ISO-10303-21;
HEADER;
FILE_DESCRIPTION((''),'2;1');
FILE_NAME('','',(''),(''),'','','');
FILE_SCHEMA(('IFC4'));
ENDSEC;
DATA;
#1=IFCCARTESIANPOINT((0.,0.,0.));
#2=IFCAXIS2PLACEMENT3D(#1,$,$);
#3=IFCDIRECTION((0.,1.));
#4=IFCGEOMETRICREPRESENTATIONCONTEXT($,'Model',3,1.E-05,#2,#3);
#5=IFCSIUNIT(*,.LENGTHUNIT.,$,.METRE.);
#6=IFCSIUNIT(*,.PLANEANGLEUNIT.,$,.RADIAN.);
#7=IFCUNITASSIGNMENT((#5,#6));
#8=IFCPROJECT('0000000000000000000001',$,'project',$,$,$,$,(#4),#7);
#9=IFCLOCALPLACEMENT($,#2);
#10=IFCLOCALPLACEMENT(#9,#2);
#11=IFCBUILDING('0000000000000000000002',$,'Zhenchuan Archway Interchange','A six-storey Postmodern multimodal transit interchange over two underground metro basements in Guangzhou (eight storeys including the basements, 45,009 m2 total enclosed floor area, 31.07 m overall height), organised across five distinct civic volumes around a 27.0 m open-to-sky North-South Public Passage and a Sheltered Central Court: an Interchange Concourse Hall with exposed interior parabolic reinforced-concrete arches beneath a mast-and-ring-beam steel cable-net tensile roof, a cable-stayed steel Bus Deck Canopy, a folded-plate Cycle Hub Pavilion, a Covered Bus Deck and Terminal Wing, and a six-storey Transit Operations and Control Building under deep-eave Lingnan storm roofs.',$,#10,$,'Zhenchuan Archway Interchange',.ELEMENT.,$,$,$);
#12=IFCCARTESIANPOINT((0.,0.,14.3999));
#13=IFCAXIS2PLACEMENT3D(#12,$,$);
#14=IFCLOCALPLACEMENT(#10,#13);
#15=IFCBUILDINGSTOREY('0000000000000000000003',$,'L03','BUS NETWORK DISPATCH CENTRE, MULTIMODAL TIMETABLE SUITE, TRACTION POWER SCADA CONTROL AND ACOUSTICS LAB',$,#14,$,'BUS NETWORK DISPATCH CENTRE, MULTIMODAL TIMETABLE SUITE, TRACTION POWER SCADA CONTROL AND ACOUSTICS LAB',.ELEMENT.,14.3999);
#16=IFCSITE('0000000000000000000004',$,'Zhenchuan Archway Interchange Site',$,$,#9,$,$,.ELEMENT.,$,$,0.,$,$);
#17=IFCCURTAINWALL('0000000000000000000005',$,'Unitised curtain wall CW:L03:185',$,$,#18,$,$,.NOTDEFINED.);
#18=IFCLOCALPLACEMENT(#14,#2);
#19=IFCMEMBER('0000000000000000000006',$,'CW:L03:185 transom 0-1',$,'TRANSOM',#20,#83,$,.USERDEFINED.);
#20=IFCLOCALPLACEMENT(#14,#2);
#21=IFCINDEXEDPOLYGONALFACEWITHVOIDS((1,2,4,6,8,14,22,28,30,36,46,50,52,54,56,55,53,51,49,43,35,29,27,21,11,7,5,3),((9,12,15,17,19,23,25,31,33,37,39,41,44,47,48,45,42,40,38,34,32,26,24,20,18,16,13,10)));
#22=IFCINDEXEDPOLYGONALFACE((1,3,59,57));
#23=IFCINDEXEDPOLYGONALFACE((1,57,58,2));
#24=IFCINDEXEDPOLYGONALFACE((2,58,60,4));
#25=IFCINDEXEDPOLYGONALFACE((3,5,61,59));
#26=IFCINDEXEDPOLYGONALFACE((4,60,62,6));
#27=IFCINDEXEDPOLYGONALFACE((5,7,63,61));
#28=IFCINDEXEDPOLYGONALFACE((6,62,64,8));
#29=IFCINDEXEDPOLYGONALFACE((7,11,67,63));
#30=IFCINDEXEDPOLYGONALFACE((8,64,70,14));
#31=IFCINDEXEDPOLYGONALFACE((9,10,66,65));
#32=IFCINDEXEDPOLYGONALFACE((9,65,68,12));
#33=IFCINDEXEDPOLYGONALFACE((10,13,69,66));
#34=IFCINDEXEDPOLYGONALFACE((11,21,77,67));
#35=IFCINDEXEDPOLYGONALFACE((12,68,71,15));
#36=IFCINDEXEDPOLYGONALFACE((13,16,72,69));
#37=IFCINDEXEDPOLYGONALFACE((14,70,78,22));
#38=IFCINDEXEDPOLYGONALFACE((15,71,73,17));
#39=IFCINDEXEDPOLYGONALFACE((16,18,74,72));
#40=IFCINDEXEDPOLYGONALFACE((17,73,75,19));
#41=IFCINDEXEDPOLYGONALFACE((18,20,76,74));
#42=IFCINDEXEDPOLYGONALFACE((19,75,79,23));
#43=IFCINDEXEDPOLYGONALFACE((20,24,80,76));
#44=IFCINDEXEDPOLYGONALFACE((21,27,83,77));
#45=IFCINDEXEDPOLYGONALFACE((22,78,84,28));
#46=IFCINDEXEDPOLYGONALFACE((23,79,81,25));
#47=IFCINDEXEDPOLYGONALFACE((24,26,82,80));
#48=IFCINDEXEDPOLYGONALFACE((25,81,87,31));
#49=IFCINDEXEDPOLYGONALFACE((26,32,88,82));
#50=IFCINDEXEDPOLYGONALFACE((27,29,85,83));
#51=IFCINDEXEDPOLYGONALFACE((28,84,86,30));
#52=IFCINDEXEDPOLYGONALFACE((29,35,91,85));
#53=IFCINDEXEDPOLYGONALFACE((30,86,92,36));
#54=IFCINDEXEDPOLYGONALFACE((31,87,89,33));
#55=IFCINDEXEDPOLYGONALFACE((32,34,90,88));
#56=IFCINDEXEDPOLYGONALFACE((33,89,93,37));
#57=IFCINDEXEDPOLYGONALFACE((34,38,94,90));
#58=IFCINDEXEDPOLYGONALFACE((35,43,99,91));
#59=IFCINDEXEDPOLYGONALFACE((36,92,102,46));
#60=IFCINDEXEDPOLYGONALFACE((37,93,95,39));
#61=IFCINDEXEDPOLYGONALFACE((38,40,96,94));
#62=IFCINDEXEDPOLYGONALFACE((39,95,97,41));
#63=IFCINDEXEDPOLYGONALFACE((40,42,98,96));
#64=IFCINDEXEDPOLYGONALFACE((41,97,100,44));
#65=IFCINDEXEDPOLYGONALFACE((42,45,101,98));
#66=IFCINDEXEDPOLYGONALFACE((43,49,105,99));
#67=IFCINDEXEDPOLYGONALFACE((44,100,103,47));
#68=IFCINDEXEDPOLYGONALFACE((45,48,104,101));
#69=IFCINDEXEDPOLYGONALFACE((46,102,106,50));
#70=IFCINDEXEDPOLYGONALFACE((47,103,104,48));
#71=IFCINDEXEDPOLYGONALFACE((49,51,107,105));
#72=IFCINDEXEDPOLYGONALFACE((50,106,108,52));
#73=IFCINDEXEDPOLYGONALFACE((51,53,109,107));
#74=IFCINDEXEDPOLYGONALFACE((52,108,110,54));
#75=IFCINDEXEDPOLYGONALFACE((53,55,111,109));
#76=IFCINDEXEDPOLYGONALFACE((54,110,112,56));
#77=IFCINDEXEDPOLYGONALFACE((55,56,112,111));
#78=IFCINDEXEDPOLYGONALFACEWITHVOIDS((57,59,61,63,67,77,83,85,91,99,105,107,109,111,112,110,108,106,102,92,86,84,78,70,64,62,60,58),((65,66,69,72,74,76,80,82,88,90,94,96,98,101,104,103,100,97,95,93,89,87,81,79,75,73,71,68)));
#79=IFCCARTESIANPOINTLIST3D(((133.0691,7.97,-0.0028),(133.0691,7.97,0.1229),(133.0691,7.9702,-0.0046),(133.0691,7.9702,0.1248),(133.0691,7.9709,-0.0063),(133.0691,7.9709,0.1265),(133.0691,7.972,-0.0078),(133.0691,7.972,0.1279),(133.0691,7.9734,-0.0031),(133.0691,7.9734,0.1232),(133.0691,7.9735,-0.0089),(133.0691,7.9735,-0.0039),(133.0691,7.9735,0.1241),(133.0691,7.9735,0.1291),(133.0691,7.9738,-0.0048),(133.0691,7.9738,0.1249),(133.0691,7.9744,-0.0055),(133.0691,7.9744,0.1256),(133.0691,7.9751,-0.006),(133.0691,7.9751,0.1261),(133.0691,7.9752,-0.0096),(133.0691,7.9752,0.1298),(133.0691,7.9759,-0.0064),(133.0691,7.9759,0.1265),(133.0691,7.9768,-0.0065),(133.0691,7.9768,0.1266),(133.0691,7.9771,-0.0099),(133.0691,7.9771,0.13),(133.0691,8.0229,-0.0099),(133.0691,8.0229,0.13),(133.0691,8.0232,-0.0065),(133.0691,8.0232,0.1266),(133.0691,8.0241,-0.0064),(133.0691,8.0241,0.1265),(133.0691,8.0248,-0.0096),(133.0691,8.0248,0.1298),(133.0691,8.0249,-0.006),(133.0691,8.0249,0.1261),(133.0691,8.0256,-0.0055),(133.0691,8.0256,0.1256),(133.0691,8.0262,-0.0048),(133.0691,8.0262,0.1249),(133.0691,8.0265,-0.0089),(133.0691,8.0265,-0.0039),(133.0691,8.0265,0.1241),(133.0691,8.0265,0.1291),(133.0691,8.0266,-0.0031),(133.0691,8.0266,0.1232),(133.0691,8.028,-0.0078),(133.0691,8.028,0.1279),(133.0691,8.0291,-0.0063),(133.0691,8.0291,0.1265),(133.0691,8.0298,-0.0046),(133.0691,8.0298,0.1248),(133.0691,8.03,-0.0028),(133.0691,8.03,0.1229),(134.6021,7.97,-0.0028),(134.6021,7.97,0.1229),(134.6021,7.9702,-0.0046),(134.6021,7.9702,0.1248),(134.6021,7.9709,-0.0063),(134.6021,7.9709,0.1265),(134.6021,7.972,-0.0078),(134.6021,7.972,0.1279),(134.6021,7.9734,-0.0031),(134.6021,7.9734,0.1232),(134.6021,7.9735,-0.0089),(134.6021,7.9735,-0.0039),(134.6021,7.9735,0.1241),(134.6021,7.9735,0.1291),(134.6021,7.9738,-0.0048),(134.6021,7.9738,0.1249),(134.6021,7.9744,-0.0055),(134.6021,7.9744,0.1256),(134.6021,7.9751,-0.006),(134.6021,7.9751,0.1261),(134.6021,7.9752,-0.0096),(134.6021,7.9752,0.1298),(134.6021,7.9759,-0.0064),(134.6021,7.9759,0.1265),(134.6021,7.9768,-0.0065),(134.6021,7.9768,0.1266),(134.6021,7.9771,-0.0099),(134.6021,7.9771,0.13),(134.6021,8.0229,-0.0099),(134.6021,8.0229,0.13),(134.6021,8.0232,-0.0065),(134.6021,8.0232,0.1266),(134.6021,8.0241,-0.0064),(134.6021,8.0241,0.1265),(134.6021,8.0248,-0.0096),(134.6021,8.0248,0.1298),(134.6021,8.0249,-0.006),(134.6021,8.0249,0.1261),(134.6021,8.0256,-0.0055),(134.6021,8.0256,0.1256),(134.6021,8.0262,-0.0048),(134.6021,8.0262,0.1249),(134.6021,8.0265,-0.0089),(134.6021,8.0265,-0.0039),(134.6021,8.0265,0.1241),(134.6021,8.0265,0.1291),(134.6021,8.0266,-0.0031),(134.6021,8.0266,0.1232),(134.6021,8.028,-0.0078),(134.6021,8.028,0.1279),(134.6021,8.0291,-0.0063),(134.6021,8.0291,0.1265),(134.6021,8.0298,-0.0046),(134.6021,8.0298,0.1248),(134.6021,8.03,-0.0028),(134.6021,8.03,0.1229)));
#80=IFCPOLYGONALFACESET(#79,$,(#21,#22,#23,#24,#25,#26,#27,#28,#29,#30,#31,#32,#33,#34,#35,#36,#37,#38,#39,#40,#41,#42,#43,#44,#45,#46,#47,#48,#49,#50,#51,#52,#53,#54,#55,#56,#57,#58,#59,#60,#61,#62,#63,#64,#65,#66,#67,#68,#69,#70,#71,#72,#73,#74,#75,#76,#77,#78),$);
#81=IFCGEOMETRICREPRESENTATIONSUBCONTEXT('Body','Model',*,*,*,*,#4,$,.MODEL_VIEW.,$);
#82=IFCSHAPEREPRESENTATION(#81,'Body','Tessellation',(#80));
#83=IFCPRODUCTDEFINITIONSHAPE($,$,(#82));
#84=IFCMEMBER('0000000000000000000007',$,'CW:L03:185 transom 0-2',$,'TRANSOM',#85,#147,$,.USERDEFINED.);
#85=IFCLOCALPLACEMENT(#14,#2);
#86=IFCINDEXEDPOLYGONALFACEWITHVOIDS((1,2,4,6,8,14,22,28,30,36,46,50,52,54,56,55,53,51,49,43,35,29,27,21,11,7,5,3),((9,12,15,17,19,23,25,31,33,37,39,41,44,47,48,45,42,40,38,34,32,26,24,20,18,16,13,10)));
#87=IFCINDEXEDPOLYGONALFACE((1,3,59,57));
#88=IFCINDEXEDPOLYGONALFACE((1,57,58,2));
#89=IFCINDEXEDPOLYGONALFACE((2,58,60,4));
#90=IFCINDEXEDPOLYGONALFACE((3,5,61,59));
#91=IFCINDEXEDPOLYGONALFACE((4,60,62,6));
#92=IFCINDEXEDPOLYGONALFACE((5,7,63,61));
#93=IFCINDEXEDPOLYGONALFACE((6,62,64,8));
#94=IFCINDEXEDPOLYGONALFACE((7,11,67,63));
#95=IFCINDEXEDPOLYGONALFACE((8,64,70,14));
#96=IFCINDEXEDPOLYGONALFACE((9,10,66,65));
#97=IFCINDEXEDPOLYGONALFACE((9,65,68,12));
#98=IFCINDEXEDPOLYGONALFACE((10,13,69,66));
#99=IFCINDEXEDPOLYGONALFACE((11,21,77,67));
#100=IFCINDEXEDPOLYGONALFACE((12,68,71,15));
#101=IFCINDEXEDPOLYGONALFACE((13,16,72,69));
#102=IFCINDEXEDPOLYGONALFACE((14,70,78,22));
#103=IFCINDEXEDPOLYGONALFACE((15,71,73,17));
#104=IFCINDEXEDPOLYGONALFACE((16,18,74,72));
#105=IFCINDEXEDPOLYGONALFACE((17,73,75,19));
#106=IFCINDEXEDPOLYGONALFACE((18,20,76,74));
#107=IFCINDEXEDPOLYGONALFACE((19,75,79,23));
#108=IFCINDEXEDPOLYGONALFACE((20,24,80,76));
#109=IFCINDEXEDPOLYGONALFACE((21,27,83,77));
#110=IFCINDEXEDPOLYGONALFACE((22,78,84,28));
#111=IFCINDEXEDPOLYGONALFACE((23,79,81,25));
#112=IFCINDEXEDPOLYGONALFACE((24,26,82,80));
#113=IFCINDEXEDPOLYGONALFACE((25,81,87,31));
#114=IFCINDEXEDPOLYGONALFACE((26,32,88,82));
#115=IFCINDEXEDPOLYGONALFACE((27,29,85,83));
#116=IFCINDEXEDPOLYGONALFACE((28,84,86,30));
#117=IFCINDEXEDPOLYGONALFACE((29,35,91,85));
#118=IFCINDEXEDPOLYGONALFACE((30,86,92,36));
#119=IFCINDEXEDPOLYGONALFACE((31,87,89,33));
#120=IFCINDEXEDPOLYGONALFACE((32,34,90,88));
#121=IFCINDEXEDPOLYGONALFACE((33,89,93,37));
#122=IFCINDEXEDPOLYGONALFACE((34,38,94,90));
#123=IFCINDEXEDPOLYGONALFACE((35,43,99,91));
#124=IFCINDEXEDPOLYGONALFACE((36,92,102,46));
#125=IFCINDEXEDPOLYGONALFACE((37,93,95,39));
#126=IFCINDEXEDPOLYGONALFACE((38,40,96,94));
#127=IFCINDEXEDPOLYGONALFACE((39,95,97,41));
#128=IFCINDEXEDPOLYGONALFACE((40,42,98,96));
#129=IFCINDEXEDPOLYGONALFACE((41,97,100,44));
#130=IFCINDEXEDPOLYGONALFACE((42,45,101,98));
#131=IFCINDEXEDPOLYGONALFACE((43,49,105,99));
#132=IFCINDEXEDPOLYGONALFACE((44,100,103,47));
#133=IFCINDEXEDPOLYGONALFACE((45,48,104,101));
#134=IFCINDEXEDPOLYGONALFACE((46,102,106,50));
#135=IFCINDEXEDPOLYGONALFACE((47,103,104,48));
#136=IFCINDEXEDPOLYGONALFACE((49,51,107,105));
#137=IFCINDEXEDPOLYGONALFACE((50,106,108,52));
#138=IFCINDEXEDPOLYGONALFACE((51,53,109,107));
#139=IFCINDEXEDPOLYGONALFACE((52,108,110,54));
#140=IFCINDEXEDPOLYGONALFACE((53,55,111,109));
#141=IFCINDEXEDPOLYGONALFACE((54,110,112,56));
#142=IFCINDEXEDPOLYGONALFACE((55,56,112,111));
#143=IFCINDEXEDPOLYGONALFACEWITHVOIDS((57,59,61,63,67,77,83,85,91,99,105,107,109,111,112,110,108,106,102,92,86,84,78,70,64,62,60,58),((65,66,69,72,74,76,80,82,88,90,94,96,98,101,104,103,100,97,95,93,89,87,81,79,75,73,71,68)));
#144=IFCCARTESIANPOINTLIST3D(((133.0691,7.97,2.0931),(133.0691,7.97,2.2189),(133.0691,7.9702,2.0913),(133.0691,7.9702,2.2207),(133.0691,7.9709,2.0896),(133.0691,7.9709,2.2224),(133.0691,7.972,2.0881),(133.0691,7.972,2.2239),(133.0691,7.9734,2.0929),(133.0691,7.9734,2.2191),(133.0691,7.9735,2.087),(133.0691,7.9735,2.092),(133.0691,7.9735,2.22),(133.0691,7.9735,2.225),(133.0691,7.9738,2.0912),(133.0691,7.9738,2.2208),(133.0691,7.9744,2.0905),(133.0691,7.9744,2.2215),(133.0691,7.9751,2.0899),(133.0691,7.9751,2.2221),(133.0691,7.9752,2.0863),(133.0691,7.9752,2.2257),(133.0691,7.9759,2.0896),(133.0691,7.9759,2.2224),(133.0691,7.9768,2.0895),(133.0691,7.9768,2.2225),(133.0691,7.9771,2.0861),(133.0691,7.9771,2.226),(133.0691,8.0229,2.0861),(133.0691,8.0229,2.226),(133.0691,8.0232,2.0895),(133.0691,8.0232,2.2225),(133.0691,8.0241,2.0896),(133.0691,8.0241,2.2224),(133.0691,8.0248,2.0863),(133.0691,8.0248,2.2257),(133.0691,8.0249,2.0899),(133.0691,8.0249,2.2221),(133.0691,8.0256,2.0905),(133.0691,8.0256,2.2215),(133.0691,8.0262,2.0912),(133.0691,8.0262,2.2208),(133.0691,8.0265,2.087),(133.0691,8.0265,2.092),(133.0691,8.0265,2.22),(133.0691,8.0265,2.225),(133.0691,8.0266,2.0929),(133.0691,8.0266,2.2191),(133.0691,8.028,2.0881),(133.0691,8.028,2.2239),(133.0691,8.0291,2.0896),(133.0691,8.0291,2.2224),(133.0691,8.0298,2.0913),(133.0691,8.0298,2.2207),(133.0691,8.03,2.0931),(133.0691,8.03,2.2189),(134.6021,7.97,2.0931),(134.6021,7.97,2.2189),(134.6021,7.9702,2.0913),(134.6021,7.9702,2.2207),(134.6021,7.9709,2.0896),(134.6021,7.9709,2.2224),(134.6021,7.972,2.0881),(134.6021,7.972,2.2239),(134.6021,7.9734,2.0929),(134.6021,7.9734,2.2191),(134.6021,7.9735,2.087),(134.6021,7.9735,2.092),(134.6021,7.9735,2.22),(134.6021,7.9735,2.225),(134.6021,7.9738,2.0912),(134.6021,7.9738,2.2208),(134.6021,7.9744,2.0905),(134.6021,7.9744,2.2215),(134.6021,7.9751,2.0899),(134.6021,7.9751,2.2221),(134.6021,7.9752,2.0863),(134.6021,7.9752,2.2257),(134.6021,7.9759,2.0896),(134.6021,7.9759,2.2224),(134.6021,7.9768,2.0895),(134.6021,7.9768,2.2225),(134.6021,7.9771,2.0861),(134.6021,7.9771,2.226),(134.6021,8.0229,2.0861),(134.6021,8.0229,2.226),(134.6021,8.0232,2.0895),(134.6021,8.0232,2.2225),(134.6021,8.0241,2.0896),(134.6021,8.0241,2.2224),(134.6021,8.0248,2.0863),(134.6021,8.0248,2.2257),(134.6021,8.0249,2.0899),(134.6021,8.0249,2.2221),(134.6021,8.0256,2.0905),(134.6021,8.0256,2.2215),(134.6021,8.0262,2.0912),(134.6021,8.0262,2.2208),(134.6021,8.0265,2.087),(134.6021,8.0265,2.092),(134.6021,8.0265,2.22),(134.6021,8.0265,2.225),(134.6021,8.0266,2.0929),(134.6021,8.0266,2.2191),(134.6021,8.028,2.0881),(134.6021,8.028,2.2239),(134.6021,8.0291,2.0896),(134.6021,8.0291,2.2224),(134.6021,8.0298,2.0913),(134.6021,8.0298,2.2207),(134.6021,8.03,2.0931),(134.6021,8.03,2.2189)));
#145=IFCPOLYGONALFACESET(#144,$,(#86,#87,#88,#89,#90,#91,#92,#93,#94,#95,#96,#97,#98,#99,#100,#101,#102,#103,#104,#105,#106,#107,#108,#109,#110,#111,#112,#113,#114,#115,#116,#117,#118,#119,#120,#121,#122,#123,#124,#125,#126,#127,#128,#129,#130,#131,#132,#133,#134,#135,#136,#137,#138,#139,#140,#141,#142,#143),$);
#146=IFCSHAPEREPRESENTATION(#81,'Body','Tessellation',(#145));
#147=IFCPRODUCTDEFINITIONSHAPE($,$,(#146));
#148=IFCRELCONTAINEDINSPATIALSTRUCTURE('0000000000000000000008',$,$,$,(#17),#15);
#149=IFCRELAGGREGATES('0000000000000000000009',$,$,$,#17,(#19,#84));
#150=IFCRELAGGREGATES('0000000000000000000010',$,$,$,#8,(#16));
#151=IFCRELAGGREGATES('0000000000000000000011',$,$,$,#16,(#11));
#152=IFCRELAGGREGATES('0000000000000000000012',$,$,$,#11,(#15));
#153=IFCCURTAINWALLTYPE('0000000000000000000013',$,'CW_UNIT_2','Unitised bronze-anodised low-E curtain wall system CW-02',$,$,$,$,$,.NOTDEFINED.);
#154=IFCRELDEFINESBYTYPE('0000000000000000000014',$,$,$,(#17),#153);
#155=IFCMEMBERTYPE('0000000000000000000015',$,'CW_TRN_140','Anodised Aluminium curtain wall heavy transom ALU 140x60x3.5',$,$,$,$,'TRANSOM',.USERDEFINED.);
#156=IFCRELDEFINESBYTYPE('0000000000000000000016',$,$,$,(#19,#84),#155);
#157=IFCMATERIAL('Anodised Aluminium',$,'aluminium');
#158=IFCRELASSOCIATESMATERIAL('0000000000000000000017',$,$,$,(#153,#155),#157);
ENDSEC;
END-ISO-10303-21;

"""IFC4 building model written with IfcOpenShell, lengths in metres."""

from ifc_helpers import new_model, si_unit, direction, frame, origin, origin_2d, place, context, subcontext, project, spatial, hollow_rectangle, extrude, material, material_profile, profile_set, type_object, element, aggregate, save


model = new_model("IFC4")

# Units and contexts
model_context = context("Model", 3, precision=1e-05, world=origin(), true_north=direction((0.0, 1.0)))
body_context = subcontext(model_context, "Body", "Model", "MODEL_VIEW")
ifc_project = project(units=[si_unit("LENGTHUNIT", "METRE"), si_unit("PLANEANGLEUNIT", "RADIAN")], contexts=[model_context])

# Site, building, storey
site_placement = place(None, origin())
site = spatial("IfcSite", under=ifc_project, at=site_placement, Name="Zhenchuan Archway Interchange Site", CompositionType="ELEMENT", RefElevation=0.0)
building_placement = place(site_placement, origin())
building = spatial("IfcBuilding", under=site, at=building_placement, Name="Zhenchuan Archway Interchange", Description="A six-storey Postmodern multimodal transit interchange over two underground metro basements in Guangzhou (eight storeys including the basements, 45,009 m2 total enclosed floor area, 31.07 m overall height), organised across five distinct civic volumes around a 27.0 m open-to-sky North-South Public Passage and a Sheltered Central Court: an Interchange Concourse Hall with exposed interior parabolic reinforced-concrete arches beneath a mast-and-ring-beam steel cable-net tensile roof, a cable-stayed steel Bus Deck Canopy, a folded-plate Cycle Hub Pavilion, a Covered Bus Deck and Terminal Wing, and a six-storey Transit Operations and Control Building under deep-eave Lingnan storm roofs.", LongName="Zhenchuan Archway Interchange", CompositionType="ELEMENT")
storey_placement = place(building_placement, frame((0.0, 0.0, 14.3999)))
storey = spatial("IfcBuildingStorey", under=building, at=storey_placement, Name="L03", Description="BUS NETWORK DISPATCH CENTRE, MULTIMODAL TIMETABLE SUITE, TRACTION POWER SCADA CONTROL AND ACOUSTICS LAB", LongName="BUS NETWORK DISPATCH CENTRE, MULTIMODAL TIMETABLE SUITE, TRACTION POWER SCADA CONTROL AND ACOUSTICS LAB", CompositionType="ELEMENT", Elevation=14.3999)

# Curtain wall, members
ifc_material_1 = material(Name="Anodised Aluminium", Category="aluminium")
curtain_wall_type = type_object("IfcCurtainWallType", Name="CW_UNIT_2", Description="Unitised bronze-anodised low-E curtain wall system CW-02", PredefinedType="NOTDEFINED", material=ifc_material_1)
curtain_wall_placement = place(storey_placement, origin())
curtain_wall = element("IfcCurtainWall", 1, at=curtain_wall_placement, inside=storey, type_object=curtain_wall_type, Name="Unitised curtain wall CW:L03:185", PredefinedType="NOTDEFINED")
ifc_material_profile_1 = material_profile(ifc_material_1, hollow_rectangle(XDim=0.0601, YDim=0.1399, WallThickness=0.0034, InnerFilletRadius=0.0034, OuterFilletRadius=0.0071, at=origin_2d()), Name="ALU 140x60x3.5")
ifc_profile_set_1 = profile_set([ifc_material_profile_1], Name="Anodised Aluminium")
member_type_1 = type_object("IfcMemberType", Name="CW_TRN_140", Description="Anodised Aluminium curtain wall heavy transom ALU 140x60x3.5", ElementType="TRANSOM", PredefinedType="USERDEFINED", material=ifc_profile_set_1)
member_1_placement = place(storey_placement, frame((134.6021, 8.0, 0.0601), z_axis=(-1.0, 0.0, 0.0), x_axis=(0.0, -1.0, 0.0)))
member_1 = element("IfcMember", 2, at=member_1_placement, type_object=member_type_1, Name="CW:L03:185 transom 0-1", ObjectType="TRANSOM", PredefinedType="USERDEFINED", context=body_context, shape_type="SweptSolid", body=[
    extrude(hollow_rectangle(XDim=0.0601, YDim=0.1399, WallThickness=0.0034, InnerFilletRadius=0.0034, OuterFilletRadius=0.0071, at=origin_2d()), origin(), (0.0, 0.0, 1.0), 1.533),
])
member_2_placement = place(storey_placement, frame((134.6021, 8.0, 2.156), z_axis=(-1.0, 0.0, 0.0), x_axis=(0.0, -1.0, 0.0)))
member_2 = element("IfcMember", 3, at=member_2_placement, type_object=member_type_1, Name="CW:L03:185 transom 0-2", ObjectType="TRANSOM", PredefinedType="USERDEFINED", context=body_context, shape_type="SweptSolid", body=[
    extrude(hollow_rectangle(XDim=0.0601, YDim=0.1399, WallThickness=0.0034, InnerFilletRadius=0.0034, OuterFilletRadius=0.0071, at=origin_2d()), origin(), (0.0, 0.0, 1.0), 1.533),
])

aggregate(curtain_wall, [member_1, member_2])

save(model, "model.ifc")
